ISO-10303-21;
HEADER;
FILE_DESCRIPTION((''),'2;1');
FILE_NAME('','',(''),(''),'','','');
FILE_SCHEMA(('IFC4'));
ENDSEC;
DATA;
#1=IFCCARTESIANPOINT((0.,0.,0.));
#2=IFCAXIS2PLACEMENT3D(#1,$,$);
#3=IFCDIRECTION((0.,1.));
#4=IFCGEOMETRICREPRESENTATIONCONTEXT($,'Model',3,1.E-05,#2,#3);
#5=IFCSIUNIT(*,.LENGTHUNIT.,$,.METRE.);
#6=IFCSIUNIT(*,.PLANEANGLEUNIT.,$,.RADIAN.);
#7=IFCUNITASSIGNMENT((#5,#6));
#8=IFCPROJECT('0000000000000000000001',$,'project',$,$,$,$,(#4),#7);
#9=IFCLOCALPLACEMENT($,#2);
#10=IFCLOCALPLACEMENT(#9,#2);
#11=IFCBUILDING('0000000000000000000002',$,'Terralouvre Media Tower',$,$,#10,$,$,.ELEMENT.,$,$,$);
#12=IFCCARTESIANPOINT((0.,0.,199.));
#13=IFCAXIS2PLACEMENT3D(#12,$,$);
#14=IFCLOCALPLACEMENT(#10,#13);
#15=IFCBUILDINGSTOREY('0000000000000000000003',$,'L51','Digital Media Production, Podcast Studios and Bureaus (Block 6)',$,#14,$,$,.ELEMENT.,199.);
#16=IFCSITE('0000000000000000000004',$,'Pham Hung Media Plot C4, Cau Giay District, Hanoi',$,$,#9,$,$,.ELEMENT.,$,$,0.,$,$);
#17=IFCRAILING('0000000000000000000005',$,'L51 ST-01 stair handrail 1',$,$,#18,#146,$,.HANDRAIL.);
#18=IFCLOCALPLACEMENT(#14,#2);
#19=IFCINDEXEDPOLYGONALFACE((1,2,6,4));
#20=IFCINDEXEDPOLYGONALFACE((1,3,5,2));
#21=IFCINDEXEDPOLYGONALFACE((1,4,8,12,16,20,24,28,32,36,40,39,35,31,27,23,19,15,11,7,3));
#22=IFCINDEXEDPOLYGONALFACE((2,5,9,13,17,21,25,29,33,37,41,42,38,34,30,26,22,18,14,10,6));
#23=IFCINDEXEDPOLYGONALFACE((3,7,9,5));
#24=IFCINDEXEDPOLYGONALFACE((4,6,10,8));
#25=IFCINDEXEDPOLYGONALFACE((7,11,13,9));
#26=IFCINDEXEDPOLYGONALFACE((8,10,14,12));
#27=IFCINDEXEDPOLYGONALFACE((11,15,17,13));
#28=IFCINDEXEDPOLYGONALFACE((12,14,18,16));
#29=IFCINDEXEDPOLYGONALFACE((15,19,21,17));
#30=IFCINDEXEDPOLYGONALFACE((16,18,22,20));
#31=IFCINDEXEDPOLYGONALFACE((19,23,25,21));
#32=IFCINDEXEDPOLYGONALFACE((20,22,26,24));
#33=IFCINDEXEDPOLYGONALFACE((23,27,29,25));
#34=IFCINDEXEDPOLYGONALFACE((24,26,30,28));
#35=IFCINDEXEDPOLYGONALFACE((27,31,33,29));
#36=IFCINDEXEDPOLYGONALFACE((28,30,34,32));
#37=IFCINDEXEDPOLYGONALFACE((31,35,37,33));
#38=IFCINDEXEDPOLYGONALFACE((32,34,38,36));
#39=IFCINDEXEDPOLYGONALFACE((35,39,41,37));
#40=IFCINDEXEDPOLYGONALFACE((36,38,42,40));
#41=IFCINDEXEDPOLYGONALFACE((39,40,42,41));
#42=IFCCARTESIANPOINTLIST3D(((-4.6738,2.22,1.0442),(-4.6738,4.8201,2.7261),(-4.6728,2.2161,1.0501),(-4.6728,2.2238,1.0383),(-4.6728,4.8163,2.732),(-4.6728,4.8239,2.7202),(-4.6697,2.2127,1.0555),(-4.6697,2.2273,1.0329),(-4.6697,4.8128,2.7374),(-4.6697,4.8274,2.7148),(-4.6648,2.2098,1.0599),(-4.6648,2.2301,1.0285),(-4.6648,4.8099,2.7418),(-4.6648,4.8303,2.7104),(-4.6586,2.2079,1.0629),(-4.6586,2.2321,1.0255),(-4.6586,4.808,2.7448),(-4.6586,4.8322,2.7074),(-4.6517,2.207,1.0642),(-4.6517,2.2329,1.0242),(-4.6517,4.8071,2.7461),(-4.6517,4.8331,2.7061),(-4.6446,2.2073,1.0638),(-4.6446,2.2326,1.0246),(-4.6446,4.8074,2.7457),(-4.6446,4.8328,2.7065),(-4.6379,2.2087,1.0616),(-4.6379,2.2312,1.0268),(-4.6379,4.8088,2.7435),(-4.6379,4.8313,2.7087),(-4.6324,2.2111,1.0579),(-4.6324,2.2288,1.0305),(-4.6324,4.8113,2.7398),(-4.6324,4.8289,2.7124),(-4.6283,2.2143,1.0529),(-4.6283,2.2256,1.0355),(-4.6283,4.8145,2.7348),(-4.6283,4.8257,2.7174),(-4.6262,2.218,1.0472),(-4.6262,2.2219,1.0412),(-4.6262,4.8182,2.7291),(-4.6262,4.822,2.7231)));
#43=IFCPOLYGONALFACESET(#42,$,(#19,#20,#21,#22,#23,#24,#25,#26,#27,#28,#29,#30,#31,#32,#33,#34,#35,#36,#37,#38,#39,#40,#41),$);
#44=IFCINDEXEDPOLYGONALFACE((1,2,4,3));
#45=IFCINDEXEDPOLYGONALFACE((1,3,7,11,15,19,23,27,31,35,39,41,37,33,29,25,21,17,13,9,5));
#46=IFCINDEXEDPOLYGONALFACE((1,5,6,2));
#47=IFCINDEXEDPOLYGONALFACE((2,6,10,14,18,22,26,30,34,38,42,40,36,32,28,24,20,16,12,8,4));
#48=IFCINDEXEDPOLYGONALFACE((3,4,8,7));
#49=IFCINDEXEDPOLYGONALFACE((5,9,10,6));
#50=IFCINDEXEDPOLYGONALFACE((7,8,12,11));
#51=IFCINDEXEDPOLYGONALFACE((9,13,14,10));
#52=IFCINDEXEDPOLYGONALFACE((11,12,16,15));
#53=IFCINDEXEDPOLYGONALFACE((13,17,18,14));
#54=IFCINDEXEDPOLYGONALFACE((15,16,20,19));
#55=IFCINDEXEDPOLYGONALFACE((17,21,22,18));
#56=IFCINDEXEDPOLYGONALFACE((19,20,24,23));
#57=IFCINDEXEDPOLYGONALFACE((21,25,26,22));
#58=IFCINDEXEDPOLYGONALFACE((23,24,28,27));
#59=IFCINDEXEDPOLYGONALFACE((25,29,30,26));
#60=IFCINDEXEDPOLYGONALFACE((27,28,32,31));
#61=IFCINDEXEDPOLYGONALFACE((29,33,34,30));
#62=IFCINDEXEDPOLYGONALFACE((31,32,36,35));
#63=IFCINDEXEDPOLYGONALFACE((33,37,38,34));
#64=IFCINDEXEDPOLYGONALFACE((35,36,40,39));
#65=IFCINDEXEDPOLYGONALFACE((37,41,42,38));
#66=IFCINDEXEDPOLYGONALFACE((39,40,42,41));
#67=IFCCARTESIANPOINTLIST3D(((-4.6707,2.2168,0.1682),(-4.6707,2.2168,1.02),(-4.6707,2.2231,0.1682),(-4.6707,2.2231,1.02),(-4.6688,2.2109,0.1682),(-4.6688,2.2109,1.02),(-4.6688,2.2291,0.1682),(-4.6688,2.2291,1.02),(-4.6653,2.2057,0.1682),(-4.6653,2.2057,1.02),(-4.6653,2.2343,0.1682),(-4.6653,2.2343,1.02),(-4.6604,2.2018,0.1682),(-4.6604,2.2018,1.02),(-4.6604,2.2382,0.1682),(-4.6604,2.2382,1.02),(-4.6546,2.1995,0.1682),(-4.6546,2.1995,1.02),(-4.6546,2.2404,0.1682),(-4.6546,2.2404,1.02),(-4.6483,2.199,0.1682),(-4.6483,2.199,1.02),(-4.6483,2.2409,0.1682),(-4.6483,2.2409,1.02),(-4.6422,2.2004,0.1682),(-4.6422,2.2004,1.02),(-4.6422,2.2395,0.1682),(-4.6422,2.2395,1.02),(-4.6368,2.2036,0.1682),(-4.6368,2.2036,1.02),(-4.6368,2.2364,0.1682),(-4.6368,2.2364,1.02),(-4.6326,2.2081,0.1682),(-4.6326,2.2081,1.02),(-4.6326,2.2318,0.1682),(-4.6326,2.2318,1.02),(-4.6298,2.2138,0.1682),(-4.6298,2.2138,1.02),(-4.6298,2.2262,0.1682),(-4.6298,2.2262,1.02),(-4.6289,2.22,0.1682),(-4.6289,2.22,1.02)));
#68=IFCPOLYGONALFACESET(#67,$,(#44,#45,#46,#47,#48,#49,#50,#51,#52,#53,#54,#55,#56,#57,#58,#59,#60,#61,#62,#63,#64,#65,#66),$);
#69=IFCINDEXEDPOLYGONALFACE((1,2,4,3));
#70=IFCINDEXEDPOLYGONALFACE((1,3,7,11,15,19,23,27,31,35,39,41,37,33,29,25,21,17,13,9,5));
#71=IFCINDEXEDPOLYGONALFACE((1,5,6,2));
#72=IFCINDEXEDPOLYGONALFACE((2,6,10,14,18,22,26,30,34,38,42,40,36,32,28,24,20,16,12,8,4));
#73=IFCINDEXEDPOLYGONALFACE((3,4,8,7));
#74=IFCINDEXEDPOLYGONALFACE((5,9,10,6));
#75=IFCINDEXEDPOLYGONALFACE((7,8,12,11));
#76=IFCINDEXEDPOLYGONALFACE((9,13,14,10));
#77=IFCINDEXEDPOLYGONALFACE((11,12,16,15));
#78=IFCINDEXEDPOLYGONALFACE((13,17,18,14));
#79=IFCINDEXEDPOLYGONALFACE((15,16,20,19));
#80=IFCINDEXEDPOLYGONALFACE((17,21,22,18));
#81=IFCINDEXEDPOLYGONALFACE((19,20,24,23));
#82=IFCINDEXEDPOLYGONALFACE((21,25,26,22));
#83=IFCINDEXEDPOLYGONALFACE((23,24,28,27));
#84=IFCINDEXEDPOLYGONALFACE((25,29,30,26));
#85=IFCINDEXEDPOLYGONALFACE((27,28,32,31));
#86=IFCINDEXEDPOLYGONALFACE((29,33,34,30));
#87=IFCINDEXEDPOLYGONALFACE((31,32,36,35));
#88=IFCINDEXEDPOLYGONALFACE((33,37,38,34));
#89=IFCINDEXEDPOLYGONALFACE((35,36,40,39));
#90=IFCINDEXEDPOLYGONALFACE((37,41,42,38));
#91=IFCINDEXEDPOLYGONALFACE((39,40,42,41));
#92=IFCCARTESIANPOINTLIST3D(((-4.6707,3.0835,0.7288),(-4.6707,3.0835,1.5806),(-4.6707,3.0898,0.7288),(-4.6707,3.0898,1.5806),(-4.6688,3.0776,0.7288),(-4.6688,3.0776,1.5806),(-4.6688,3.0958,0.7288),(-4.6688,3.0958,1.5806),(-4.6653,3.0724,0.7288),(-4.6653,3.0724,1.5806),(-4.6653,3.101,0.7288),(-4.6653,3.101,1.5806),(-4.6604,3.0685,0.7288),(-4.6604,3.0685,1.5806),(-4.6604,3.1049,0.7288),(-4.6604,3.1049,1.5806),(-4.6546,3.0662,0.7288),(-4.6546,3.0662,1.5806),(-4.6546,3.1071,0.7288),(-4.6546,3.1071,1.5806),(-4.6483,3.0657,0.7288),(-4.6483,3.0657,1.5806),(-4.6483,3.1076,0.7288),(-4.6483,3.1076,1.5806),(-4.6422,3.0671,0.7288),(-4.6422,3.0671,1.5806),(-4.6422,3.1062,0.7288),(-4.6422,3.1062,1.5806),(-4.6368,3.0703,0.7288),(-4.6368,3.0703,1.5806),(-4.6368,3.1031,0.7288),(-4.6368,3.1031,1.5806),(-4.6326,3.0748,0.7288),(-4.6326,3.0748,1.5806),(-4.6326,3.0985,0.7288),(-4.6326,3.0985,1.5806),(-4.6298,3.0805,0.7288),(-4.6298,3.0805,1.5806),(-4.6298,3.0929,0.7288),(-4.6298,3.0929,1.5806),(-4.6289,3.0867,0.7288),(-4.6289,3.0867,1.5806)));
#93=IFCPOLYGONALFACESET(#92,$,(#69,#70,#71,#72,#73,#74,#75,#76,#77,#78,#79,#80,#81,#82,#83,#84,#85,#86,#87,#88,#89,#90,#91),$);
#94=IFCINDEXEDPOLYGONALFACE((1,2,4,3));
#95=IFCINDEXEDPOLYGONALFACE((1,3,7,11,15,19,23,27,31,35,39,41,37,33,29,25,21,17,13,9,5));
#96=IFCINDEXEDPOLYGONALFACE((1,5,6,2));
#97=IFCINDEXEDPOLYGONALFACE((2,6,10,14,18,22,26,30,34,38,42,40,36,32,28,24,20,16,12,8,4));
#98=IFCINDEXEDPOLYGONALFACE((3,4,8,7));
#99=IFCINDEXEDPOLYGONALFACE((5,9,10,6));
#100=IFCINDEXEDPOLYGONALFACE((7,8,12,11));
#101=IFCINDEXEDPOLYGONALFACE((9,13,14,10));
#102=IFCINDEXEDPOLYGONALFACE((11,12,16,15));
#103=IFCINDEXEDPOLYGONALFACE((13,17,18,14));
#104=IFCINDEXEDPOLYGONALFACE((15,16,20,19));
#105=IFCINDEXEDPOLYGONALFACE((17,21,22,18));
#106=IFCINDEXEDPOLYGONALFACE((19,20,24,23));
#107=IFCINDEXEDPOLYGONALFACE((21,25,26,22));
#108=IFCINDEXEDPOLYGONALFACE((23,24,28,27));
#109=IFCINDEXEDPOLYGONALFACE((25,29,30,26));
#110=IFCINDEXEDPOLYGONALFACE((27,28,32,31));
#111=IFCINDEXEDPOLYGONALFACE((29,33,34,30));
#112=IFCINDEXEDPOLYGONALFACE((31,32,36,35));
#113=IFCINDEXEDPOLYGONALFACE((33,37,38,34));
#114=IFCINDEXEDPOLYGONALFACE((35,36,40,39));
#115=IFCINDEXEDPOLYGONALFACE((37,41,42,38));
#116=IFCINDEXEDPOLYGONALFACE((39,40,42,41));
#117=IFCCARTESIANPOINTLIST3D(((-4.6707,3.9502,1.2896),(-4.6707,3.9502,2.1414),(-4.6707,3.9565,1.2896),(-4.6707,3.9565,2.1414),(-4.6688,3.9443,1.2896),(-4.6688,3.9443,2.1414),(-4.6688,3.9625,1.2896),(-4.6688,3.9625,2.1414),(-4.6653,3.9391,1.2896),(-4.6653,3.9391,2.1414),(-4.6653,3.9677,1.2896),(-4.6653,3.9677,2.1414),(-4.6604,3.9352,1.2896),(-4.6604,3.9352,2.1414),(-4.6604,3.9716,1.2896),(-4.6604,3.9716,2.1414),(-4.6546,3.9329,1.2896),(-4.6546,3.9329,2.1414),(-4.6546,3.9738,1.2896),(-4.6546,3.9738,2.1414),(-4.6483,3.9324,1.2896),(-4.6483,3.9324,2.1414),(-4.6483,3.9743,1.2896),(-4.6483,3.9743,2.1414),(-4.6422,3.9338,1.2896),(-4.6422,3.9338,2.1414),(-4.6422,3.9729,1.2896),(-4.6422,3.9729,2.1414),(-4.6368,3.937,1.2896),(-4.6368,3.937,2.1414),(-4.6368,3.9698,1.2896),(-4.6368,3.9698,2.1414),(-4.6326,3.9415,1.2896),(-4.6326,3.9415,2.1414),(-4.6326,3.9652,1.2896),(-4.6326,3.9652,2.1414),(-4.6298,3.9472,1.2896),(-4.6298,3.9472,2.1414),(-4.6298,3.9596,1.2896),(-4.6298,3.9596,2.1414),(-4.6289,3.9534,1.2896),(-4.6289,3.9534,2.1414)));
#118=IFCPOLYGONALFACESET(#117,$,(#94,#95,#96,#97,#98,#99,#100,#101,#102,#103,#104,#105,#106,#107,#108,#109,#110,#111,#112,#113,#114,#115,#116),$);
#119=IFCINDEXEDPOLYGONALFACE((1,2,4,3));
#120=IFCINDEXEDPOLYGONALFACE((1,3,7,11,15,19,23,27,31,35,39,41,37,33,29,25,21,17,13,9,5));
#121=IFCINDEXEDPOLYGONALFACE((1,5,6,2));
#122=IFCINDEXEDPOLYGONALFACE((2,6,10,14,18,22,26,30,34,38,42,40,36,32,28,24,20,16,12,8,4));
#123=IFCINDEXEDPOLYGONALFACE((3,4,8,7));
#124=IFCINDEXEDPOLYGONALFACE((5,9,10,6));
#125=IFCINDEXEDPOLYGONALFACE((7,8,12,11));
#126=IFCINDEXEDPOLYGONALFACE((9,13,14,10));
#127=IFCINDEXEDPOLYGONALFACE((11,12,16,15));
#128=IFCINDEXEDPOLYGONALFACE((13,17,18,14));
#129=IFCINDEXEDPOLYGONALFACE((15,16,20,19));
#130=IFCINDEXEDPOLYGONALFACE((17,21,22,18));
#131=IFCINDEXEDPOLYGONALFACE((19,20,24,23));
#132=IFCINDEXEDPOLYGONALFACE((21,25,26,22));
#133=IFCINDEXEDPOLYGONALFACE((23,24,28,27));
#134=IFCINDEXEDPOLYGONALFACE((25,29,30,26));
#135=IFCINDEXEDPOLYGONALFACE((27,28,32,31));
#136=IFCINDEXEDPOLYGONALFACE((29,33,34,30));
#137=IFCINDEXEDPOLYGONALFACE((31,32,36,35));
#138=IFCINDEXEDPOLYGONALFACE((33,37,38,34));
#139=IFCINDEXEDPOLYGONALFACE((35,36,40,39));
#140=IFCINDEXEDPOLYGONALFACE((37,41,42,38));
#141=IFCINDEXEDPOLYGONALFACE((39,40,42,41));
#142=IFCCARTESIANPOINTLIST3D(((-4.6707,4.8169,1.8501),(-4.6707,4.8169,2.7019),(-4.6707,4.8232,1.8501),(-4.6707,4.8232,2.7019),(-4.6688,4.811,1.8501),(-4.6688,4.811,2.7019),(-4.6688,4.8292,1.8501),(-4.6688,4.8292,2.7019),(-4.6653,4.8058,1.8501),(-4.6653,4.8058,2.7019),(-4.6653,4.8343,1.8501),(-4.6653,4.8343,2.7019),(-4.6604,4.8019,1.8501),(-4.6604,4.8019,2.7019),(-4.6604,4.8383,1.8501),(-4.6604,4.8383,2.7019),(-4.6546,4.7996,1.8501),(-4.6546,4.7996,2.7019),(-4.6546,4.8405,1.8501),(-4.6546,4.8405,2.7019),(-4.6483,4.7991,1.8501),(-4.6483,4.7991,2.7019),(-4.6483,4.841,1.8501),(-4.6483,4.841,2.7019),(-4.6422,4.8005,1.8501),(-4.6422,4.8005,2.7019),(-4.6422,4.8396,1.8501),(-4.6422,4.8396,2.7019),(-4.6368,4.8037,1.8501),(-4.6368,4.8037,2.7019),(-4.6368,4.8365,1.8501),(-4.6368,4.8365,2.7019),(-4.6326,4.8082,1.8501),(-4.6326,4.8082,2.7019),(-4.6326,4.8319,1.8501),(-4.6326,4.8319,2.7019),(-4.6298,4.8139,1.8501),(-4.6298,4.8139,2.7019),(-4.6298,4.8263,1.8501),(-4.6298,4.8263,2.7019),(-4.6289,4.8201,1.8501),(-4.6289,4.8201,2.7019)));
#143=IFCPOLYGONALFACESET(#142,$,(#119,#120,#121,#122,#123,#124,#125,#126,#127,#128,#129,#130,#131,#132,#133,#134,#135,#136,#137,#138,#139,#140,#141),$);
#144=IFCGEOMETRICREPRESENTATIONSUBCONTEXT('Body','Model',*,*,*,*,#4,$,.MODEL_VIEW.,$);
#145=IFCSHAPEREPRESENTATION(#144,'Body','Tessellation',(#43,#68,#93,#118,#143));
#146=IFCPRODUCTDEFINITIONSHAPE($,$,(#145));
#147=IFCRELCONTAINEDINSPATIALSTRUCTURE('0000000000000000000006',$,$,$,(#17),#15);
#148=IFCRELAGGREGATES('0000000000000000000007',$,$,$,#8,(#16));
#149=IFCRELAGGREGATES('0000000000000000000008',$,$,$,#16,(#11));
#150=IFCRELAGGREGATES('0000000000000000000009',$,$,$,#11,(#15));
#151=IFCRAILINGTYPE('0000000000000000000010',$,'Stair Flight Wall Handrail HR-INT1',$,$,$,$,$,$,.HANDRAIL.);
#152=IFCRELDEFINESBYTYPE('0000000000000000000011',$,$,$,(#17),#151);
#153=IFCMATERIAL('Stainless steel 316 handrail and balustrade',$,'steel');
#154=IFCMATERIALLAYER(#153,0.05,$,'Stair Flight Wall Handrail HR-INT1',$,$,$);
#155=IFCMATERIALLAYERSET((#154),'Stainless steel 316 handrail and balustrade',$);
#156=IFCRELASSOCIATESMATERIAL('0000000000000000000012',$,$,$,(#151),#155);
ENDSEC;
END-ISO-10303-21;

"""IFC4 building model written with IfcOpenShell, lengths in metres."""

from ifc_helpers import new_model, si_unit, direction, frame, origin, origin_2d, place, context, subcontext, project, spatial, circle, extrude, material, layer, layer_set, type_object, element, save


model = new_model("IFC4")

# Units and contexts
model_context = context("Model", 3, precision=1e-05, world=origin(), true_north=direction((0.0, 1.0)))
body_context = subcontext(model_context, "Body", "Model", "MODEL_VIEW")
ifc_project = project(units=[si_unit("LENGTHUNIT", "METRE"), si_unit("PLANEANGLEUNIT", "RADIAN")], contexts=[model_context])

# Site, building, storey
site_placement = place(None, origin())
site = spatial("IfcSite", under=ifc_project, at=site_placement, Name="Pham Hung Media Plot C4, Cau Giay District, Hanoi", CompositionType="ELEMENT", RefElevation=0.0)
building_placement = place(site_placement, origin())
building = spatial("IfcBuilding", under=site, at=building_placement, Name="Terralouvre Media Tower", CompositionType="ELEMENT")
storey_placement = place(building_placement, frame((0.0, 0.0, 199.0)))
storey = spatial("IfcBuildingStorey", under=building, at=storey_placement, Name="L51", Description="Digital Media Production, Podcast Studios and Bureaus (Block 6)", CompositionType="ELEMENT", Elevation=199.0)

# Railing
ifc_material_1 = material(Name="Stainless steel 316 handrail and balustrade", Category="steel")
ifc_layer_1 = layer(ifc_material_1, 0.05, Name="Stair Flight Wall Handrail HR-INT1")
ifc_layer_set_1 = layer_set([ifc_layer_1], Name="Stainless steel 316 handrail and balustrade")
railing_type_1 = type_object("IfcRailingType", Name="Stair Flight Wall Handrail HR-INT1", PredefinedType="HANDRAIL", material=ifc_layer_set_1)
railing_1_placement = place(storey_placement, frame((-4.6499, 2.22, 0.1682)))
element("IfcRailing", 1, at=railing_1_placement, inside=storey, type_object=railing_type_1, Name="L51 ST-01 stair handrail 1", PredefinedType="HANDRAIL", context=body_context, shape_type="SweptSolid", body=[
    extrude(circle(Radius=0.0239, at=origin_2d()), frame((0.0, 0.0, 0.876), z_axis=(0.0, 0.839648, 0.54313), x_axis=(-1.0, 0.0, 0.0)), (0.0, 0.0, 1.0), 3.0967),
    extrude(circle(Radius=0.021, at=origin_2d()), origin(), (0.0, 0.0, 1.0), 0.8518),
    extrude(circle(Radius=0.021, at=origin_2d()), frame((0.0, 0.8667, 0.5605)), (0.0, 0.0, 1.0), 0.8518),
    extrude(circle(Radius=0.021, at=origin_2d()), frame((0.0, 1.7334, 1.1213)), (0.0, 0.0, 1.0), 0.8518),
    extrude(circle(Radius=0.021, at=origin_2d()), frame((0.0, 2.6001, 1.6819)), (0.0, 0.0, 1.0), 0.8518),
])

save(model, "model.ifc")
